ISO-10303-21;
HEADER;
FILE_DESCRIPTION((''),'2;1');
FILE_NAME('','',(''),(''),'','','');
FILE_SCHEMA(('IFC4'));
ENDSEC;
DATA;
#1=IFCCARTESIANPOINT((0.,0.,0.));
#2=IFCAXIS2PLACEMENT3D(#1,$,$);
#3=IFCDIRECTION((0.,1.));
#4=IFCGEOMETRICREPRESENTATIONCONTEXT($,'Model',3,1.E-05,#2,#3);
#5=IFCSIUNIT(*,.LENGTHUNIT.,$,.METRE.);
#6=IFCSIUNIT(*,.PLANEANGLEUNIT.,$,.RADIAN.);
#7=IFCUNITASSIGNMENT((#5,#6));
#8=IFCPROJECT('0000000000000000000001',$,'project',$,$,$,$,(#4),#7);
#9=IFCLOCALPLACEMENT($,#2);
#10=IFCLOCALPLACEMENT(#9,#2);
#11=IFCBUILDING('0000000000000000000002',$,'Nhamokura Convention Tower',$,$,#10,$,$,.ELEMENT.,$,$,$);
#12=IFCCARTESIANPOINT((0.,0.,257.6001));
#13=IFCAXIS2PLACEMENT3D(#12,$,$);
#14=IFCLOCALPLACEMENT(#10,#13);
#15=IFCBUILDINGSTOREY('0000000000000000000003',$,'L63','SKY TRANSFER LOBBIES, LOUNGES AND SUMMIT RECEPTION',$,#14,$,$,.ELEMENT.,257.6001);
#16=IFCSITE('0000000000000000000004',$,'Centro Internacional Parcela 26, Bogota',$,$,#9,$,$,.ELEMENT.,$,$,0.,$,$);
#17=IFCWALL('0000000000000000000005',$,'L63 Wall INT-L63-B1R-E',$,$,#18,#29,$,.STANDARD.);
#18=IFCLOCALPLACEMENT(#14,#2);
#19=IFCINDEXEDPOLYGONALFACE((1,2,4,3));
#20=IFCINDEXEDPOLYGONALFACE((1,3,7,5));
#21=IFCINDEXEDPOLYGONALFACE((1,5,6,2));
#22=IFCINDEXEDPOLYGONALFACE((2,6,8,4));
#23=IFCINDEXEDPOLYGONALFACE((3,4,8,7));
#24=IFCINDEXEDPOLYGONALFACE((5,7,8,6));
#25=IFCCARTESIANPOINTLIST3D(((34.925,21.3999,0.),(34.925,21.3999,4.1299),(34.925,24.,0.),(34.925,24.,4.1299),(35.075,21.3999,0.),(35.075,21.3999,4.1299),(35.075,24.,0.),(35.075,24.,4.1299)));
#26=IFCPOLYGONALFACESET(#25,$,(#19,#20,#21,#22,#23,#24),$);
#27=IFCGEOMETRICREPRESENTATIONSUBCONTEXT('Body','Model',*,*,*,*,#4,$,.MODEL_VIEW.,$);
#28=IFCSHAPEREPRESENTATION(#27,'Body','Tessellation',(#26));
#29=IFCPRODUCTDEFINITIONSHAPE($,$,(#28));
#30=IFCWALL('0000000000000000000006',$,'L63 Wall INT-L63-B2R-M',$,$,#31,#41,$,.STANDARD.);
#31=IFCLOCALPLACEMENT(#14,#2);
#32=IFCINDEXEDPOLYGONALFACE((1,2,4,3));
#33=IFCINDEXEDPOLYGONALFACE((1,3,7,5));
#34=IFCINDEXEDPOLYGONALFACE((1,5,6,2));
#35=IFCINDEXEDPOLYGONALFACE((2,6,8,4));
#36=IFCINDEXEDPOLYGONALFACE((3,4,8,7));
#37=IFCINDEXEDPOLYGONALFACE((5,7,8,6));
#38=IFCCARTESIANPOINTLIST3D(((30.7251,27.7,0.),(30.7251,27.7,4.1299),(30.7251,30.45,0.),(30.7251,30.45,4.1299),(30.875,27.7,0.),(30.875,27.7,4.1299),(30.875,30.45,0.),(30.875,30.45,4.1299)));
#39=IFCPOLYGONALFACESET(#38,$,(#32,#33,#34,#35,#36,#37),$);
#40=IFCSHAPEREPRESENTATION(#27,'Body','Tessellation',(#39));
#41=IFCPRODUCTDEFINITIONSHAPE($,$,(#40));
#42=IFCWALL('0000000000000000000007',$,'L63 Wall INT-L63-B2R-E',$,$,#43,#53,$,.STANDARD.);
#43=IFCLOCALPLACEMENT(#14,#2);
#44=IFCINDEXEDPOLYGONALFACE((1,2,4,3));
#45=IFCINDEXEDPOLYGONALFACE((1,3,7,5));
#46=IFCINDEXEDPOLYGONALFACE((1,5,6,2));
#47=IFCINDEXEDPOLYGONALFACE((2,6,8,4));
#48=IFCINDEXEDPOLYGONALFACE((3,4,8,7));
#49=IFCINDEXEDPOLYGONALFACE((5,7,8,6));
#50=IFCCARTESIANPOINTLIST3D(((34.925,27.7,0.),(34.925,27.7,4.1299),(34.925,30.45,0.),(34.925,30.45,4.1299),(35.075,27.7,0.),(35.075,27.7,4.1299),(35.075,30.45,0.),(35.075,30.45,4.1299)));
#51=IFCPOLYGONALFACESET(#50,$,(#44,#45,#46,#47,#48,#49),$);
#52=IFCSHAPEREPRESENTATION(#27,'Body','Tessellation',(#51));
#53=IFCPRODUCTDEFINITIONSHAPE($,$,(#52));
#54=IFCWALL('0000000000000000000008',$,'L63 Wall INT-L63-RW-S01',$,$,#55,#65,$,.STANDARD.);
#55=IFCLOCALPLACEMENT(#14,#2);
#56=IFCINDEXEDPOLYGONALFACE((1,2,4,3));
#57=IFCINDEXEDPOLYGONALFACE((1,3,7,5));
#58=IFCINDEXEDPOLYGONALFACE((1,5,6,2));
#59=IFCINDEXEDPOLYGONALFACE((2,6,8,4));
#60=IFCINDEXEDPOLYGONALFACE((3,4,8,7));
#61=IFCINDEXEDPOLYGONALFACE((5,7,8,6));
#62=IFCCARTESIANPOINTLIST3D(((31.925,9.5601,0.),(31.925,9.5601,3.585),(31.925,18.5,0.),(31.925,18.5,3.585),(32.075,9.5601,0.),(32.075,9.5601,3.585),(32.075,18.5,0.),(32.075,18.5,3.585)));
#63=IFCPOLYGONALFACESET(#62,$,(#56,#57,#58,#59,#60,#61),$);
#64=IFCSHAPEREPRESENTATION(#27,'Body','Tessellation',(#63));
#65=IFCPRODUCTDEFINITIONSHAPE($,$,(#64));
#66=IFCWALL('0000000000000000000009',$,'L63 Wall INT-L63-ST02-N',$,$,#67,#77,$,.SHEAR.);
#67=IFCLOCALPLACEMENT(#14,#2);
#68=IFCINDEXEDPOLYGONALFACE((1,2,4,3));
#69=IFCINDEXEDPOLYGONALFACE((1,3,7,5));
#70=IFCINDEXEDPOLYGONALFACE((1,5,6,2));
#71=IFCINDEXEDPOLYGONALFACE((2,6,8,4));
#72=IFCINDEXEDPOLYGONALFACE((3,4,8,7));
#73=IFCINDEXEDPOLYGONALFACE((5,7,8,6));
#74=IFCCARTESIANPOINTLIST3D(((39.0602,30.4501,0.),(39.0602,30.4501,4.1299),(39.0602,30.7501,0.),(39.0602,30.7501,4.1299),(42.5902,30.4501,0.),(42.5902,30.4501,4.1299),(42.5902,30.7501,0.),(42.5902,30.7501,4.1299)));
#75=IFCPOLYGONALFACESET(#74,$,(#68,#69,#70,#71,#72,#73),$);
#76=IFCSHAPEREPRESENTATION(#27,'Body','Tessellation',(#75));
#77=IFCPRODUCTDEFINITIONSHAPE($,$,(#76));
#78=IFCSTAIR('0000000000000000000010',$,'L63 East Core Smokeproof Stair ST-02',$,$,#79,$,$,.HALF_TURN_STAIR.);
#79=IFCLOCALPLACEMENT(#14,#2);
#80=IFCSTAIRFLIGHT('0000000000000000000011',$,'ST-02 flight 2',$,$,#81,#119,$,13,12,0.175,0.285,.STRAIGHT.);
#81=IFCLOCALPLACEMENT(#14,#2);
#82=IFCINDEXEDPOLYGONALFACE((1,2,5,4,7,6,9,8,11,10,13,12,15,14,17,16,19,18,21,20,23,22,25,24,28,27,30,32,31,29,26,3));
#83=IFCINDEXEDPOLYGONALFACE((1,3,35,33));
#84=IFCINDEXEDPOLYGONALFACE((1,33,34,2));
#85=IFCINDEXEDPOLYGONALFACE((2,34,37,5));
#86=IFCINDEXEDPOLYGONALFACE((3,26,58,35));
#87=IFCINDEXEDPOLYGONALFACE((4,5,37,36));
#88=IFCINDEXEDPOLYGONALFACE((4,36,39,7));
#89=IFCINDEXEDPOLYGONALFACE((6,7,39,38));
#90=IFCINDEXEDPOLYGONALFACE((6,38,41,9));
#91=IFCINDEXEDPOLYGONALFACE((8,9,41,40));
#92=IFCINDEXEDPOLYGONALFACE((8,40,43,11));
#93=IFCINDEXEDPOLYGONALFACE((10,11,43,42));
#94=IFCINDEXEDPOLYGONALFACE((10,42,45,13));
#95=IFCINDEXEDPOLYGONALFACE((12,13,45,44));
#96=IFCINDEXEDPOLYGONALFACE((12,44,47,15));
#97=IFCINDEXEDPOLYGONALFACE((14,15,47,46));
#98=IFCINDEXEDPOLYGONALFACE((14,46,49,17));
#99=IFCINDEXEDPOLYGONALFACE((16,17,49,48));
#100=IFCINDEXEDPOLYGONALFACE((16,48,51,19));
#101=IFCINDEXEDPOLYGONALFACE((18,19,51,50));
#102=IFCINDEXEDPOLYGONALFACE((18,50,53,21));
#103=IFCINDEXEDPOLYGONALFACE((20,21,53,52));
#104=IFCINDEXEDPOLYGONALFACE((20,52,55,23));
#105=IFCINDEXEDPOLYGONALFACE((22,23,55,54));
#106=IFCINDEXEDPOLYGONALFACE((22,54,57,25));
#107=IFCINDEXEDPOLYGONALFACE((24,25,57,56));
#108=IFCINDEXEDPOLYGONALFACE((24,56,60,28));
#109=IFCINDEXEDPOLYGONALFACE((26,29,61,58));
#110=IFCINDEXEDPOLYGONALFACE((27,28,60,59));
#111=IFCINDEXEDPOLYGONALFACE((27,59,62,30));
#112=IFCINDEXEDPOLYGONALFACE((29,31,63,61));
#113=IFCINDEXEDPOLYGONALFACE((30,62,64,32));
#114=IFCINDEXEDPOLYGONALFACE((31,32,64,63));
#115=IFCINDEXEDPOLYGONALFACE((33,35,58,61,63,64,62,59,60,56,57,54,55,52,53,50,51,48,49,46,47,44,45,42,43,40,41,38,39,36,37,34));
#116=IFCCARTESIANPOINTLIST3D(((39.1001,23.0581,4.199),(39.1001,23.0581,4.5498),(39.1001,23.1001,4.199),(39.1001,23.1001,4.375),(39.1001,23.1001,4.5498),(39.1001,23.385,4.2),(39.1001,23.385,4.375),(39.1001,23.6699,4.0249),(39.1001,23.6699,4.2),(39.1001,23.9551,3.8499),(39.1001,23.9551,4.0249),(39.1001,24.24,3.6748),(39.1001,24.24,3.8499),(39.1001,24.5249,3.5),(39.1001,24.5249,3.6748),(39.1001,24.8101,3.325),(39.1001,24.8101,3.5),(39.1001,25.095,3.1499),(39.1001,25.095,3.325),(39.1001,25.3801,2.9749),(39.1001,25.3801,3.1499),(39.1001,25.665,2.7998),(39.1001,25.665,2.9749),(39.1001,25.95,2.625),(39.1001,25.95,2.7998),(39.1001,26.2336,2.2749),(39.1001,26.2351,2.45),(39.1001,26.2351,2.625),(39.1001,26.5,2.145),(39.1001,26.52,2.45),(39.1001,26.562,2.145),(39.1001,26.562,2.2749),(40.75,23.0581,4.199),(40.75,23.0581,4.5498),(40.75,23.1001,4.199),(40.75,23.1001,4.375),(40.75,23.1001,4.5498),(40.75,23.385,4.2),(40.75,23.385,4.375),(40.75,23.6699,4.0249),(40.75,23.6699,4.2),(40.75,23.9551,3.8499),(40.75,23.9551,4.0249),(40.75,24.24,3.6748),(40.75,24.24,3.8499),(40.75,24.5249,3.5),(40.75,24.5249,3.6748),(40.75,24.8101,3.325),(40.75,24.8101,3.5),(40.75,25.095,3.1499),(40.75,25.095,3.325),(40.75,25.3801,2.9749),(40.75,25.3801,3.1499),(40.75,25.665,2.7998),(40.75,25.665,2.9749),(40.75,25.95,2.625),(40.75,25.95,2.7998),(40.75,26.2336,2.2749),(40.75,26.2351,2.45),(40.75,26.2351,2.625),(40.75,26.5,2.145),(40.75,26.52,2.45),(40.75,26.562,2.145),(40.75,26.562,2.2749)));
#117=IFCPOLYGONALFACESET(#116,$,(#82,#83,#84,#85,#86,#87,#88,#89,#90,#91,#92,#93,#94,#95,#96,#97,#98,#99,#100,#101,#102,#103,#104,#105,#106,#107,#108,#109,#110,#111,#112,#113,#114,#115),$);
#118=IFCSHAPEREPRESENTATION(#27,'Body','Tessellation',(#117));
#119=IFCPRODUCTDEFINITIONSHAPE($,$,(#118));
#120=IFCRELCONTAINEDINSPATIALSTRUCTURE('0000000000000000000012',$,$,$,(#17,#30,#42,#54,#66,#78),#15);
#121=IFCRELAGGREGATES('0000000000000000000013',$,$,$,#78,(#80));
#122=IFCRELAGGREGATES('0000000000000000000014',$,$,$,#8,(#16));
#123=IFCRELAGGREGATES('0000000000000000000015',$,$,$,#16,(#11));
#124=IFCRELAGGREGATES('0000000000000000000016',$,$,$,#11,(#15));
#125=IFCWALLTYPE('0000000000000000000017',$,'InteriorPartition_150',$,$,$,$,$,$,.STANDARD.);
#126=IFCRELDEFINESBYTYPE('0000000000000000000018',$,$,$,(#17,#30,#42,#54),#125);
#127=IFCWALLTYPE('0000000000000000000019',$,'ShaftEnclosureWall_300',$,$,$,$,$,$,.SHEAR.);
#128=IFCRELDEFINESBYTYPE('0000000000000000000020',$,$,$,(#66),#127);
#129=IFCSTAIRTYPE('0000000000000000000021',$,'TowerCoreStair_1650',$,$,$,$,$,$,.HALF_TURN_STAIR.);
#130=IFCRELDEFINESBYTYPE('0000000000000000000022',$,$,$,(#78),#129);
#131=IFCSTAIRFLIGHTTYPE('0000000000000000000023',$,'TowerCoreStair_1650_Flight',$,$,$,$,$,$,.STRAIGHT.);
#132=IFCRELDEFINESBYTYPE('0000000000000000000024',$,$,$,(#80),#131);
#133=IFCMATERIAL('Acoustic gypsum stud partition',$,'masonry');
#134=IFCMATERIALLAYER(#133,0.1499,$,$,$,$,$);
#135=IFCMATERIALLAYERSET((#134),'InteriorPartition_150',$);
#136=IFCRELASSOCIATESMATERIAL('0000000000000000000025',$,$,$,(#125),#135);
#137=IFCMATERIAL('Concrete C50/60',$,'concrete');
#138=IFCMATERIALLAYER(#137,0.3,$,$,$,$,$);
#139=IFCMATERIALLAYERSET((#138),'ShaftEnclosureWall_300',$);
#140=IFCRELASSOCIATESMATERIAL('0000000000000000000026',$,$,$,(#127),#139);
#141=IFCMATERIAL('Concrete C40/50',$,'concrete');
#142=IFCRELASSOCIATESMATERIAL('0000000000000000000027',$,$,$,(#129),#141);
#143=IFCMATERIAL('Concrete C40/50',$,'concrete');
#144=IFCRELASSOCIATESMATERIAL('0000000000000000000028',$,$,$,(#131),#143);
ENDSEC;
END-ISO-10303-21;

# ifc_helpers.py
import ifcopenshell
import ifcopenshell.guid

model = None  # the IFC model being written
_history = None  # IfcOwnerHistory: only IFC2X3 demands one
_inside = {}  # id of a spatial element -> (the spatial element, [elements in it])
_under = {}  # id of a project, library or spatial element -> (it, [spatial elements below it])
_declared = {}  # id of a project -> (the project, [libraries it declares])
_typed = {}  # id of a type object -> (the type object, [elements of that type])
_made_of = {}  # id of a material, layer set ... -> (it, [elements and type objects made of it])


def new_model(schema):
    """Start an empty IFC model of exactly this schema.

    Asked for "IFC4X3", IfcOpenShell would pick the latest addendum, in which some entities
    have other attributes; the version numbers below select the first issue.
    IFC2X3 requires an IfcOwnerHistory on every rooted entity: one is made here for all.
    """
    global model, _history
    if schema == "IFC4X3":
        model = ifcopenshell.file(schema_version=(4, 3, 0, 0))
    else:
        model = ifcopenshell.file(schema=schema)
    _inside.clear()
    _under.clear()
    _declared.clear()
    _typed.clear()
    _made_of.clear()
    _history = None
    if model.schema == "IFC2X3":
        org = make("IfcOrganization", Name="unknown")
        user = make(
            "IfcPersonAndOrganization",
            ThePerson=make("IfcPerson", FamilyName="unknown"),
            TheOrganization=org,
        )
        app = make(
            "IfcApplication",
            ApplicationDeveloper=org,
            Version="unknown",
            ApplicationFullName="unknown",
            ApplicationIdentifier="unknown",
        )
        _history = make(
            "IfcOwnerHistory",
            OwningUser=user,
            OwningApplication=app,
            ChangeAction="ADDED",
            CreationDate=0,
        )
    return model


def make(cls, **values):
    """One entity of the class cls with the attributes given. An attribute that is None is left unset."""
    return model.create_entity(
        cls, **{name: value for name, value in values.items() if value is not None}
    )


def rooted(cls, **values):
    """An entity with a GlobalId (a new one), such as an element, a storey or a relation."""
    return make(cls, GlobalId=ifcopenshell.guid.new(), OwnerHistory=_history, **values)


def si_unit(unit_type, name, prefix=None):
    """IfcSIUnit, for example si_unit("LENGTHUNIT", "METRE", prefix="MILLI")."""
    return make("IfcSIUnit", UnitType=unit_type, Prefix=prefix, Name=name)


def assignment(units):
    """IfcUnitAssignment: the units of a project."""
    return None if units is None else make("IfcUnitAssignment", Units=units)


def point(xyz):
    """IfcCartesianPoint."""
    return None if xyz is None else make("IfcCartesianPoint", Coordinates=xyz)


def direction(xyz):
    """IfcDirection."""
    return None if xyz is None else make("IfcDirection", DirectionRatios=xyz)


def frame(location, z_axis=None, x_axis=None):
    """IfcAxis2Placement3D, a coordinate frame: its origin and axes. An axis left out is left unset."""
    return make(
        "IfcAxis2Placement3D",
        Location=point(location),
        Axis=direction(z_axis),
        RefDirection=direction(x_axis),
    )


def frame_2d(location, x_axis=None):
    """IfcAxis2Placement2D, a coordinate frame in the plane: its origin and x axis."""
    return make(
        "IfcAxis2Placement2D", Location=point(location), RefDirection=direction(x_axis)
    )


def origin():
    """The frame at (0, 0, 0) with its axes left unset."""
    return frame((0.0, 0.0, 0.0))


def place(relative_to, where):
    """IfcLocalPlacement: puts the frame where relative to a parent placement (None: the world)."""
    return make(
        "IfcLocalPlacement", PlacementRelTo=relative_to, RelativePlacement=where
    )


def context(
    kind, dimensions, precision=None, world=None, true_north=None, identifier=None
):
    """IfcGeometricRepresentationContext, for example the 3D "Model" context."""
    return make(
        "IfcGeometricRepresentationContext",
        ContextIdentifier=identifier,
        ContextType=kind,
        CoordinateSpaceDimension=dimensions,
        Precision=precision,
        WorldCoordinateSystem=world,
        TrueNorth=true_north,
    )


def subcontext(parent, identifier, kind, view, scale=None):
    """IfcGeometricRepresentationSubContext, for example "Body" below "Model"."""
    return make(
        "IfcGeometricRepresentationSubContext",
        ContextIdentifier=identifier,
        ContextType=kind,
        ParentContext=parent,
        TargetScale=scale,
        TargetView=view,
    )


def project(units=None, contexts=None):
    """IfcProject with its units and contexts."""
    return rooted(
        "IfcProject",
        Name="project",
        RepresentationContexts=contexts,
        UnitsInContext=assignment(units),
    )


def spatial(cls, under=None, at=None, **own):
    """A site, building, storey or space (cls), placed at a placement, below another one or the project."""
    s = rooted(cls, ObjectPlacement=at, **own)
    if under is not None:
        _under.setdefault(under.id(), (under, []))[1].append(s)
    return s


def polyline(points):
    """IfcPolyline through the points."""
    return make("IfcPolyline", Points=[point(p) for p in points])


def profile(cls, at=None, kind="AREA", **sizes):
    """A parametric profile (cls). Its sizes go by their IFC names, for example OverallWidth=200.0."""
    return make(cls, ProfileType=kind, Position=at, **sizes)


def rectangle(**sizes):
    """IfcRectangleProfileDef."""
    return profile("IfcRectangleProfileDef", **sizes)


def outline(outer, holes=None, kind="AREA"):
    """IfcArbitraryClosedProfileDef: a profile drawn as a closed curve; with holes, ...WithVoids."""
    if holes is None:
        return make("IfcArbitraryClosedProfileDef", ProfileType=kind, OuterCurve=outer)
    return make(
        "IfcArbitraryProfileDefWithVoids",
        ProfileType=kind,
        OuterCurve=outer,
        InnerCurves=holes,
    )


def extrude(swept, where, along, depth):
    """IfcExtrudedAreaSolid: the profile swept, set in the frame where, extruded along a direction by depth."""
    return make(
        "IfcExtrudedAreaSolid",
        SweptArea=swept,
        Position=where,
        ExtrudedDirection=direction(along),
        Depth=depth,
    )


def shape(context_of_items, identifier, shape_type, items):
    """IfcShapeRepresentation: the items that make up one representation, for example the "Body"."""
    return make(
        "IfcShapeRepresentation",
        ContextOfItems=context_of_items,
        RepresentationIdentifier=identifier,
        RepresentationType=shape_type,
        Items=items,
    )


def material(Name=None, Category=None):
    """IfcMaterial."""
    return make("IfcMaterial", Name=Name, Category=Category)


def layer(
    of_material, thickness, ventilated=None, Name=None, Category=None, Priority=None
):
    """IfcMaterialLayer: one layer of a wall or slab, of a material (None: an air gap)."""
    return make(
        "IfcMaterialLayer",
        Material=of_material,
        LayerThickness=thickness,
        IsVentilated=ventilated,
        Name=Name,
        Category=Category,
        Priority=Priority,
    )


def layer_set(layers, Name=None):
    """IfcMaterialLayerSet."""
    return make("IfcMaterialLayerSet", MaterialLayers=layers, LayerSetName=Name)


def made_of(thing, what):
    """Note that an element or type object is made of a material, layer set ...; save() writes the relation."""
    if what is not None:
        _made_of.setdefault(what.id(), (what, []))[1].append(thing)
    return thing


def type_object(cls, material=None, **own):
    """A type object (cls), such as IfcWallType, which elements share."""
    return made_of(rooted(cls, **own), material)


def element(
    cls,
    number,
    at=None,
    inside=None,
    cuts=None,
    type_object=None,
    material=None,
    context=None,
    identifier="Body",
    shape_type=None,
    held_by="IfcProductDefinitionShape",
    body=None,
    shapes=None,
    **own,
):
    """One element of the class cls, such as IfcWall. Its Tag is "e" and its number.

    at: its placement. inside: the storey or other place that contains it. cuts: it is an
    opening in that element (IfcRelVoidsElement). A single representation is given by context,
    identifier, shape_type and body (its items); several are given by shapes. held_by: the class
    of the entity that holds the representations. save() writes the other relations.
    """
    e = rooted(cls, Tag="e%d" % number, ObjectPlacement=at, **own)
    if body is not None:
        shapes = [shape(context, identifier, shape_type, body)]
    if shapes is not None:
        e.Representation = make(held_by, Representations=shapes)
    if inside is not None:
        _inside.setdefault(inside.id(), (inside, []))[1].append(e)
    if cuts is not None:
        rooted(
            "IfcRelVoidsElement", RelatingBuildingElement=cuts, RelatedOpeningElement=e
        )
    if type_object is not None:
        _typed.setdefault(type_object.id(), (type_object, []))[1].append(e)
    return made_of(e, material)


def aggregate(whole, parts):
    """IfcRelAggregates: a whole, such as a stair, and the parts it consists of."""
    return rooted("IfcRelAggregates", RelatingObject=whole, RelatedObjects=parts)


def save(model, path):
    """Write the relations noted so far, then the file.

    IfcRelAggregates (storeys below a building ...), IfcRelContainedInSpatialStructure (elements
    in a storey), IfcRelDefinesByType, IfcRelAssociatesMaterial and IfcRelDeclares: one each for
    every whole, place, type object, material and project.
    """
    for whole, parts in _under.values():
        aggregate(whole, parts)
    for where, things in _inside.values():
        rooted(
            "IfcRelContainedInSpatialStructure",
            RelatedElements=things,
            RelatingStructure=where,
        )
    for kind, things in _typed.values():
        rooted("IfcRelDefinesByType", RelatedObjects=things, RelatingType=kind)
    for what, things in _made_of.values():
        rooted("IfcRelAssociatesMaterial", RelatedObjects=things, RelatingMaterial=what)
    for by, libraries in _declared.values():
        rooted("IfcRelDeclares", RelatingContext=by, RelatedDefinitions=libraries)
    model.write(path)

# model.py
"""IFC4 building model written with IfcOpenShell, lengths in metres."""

from ifc_helpers import new_model, si_unit, direction, frame, frame_2d, origin, place, context, subcontext, project, spatial, polyline, rectangle, outline, extrude, material, layer, layer_set, type_object, element, aggregate, save


model = new_model("IFC4")

# Units and contexts
model_context = context("Model", 3, precision=1e-05, world=origin(), true_north=direction((0.0, 1.0)))
body_context = subcontext(model_context, "Body", "Model", "MODEL_VIEW")
ifc_project = project(units=[si_unit("LENGTHUNIT", "METRE"), si_unit("PLANEANGLEUNIT", "RADIAN")], contexts=[model_context])

# Site, building, storey
site_placement = place(None, origin())
site = spatial("IfcSite", under=ifc_project, at=site_placement, Name="Centro Internacional Parcela 26, Bogota", CompositionType="ELEMENT", RefElevation=0.0)
building_placement = place(site_placement, origin())
building = spatial("IfcBuilding", under=site, at=building_placement, Name="Nhamokura Convention Tower", CompositionType="ELEMENT")
storey_placement = place(building_placement, frame((0.0, 0.0, 257.6001)))
storey = spatial("IfcBuildingStorey", under=building, at=storey_placement, Name="L63", Description="SKY TRANSFER LOBBIES, LOUNGES AND SUMMIT RECEPTION", CompositionType="ELEMENT", Elevation=257.6001)

# Walls
ifc_material_1 = material(Name="Acoustic gypsum stud partition", Category="masonry")
ifc_layer_1 = layer(ifc_material_1, 0.1499)
ifc_layer_set_1 = layer_set([ifc_layer_1], Name="InteriorPartition_150")
wall_type_1 = type_object("IfcWallType", Name="InteriorPartition_150", PredefinedType="STANDARD", material=ifc_layer_set_1)
wall_1_placement = place(storey_placement, frame((35.0, 21.3999, 0.0), z_axis=(0.0, 0.0, 1.0), x_axis=(0.0, 1.0, 0.0)))
element("IfcWall", 1, at=wall_1_placement, inside=storey, type_object=wall_type_1, Name="L63 Wall INT-L63-B1R-E", PredefinedType="STANDARD", context=body_context, shape_type="SweptSolid", body=[
    extrude(rectangle(XDim=2.6001, YDim=0.1499, at=frame_2d((1.3, 0.0))), origin(), (0.0, 0.0, 1.0), 4.1299),
])
for number, where, z_axis, x_axis, name in (
    (2, (30.8, 27.7, 0.0), (0.0, 0.0, 1.0), (0.0, 1.0, 0.0), "L63 Wall INT-L63-B2R-M"),
    (3, (35.0, 27.7, 0.0), (0.0, 0.0, 1.0), (0.0, 1.0, 0.0), "L63 Wall INT-L63-B2R-E"),
):
    element("IfcWall", number, at=place(storey_placement, frame(where, z_axis=z_axis, x_axis=x_axis)), inside=storey, type_object=wall_type_1, Name=name, PredefinedType="STANDARD", context=body_context, shape_type="SweptSolid", body=[
        extrude(rectangle(XDim=2.75, YDim=0.1499, at=frame_2d((1.375, 0.0))), origin(), (0.0, 0.0, 1.0), 4.1299),
    ])
wall_2_placement = place(storey_placement, frame((32.0, 9.5601, 0.0), z_axis=(0.0, 0.0, 1.0), x_axis=(0.0, 1.0, 0.0)))
element("IfcWall", 4, at=wall_2_placement, inside=storey, type_object=wall_type_1, Name="L63 Wall INT-L63-RW-S01", PredefinedType="STANDARD", context=body_context, shape_type="SweptSolid", body=[
    extrude(rectangle(XDim=8.9399, YDim=0.1499, at=frame_2d((4.47, 0.0))), origin(), (0.0, 0.0, 1.0), 3.585),
])
ifc_material_2 = material(Name="Concrete C50/60", Category="concrete")
ifc_layer_2 = layer(ifc_material_2, 0.3)
ifc_layer_set_2 = layer_set([ifc_layer_2], Name="ShaftEnclosureWall_300")
wall_type_2 = type_object("IfcWallType", Name="ShaftEnclosureWall_300", PredefinedType="SHEAR", material=ifc_layer_set_2)
wall_3_placement = place(storey_placement, frame((39.0601, 30.6001, 0.0), z_axis=(0.0, 0.0, 1.0), x_axis=(1.0, 0.0, 0.0)))
element("IfcWall", 5, at=wall_3_placement, inside=storey, type_object=wall_type_2, Name="L63 Wall INT-L63-ST02-N", PredefinedType="SHEAR", context=body_context, shape_type="SweptSolid", body=[
    extrude(rectangle(XDim=3.53, YDim=0.3, at=frame_2d((1.7651, 0.0))), origin(), (0.0, 0.0, 1.0), 4.1299),
])

# Stair, stair flight
ifc_material_3 = material(Name="Concrete C40/50", Category="concrete")
stair_type = type_object("IfcStairType", Name="TowerCoreStair_1650", PredefinedType="HALF_TURN_STAIR", material=ifc_material_3)
stair_placement = place(storey_placement, origin())
stair = element("IfcStair", 6, at=stair_placement, inside=storey, type_object=stair_type, Name="L63 East Core Smokeproof Stair ST-02", PredefinedType="HALF_TURN_STAIR")
ifc_material_4 = material(Name="Concrete C40/50", Category="concrete")
stair_flight_type = type_object("IfcStairFlightType", Name="TowerCoreStair_1650_Flight", PredefinedType="STRAIGHT", material=ifc_material_4)
stair_flight_placement = place(storey_placement, frame((39.925, 26.52, 2.2749), z_axis=(0.0, 0.0, 1.0), x_axis=(0.0, -1.0, 0.0)))
stair_flight = element("IfcStairFlight", 7, at=stair_flight_placement, type_object=stair_flight_type, Name="ST-02 flight 2", NumberOfRisers=13, NumberOfTreads=12, PredefinedType="STRAIGHT", RiserHeight=0.175, TreadLength=0.285, context=body_context, shape_type="SweptSolid", body=[
    extrude(outline(polyline([(-0.042, 0.0), (0.0, 0.175), (0.2849, 0.175), (0.2849, 0.3501), (0.5701, 0.3501), (0.5701, 0.5249), (0.855, 0.5249), (0.855, 0.7), (1.1399, 0.7), (1.1399, 0.875), (1.425, 0.875), (1.425, 1.05), (1.71, 1.05), (1.71, 1.2251), (1.9951, 1.2251), (1.9951, 1.3999), (2.28, 1.3999), (2.28, 1.575), (2.5649, 1.575), (2.5649, 1.75), (2.8501, 1.75), (2.8501, 1.925), (3.135, 1.925), (3.135, 2.1001), (3.4199, 2.1001), (3.4199, 2.2749), (3.4619, 2.2749), (3.4619, 1.9241), (3.4199, 1.9241), (0.2864, 0.0), (0.02, -0.1299), (-0.042, -0.1299), (-0.042, 0.0)])), frame((0.0, 0.825, 0.0), z_axis=(0.0, -1.0, 0.0), x_axis=(1.0, 0.0, 0.0)), (0.0, 0.0, 1.0), 1.6499),
])
aggregate(stair, [stair_flight])

save(model, "model.ifc")
